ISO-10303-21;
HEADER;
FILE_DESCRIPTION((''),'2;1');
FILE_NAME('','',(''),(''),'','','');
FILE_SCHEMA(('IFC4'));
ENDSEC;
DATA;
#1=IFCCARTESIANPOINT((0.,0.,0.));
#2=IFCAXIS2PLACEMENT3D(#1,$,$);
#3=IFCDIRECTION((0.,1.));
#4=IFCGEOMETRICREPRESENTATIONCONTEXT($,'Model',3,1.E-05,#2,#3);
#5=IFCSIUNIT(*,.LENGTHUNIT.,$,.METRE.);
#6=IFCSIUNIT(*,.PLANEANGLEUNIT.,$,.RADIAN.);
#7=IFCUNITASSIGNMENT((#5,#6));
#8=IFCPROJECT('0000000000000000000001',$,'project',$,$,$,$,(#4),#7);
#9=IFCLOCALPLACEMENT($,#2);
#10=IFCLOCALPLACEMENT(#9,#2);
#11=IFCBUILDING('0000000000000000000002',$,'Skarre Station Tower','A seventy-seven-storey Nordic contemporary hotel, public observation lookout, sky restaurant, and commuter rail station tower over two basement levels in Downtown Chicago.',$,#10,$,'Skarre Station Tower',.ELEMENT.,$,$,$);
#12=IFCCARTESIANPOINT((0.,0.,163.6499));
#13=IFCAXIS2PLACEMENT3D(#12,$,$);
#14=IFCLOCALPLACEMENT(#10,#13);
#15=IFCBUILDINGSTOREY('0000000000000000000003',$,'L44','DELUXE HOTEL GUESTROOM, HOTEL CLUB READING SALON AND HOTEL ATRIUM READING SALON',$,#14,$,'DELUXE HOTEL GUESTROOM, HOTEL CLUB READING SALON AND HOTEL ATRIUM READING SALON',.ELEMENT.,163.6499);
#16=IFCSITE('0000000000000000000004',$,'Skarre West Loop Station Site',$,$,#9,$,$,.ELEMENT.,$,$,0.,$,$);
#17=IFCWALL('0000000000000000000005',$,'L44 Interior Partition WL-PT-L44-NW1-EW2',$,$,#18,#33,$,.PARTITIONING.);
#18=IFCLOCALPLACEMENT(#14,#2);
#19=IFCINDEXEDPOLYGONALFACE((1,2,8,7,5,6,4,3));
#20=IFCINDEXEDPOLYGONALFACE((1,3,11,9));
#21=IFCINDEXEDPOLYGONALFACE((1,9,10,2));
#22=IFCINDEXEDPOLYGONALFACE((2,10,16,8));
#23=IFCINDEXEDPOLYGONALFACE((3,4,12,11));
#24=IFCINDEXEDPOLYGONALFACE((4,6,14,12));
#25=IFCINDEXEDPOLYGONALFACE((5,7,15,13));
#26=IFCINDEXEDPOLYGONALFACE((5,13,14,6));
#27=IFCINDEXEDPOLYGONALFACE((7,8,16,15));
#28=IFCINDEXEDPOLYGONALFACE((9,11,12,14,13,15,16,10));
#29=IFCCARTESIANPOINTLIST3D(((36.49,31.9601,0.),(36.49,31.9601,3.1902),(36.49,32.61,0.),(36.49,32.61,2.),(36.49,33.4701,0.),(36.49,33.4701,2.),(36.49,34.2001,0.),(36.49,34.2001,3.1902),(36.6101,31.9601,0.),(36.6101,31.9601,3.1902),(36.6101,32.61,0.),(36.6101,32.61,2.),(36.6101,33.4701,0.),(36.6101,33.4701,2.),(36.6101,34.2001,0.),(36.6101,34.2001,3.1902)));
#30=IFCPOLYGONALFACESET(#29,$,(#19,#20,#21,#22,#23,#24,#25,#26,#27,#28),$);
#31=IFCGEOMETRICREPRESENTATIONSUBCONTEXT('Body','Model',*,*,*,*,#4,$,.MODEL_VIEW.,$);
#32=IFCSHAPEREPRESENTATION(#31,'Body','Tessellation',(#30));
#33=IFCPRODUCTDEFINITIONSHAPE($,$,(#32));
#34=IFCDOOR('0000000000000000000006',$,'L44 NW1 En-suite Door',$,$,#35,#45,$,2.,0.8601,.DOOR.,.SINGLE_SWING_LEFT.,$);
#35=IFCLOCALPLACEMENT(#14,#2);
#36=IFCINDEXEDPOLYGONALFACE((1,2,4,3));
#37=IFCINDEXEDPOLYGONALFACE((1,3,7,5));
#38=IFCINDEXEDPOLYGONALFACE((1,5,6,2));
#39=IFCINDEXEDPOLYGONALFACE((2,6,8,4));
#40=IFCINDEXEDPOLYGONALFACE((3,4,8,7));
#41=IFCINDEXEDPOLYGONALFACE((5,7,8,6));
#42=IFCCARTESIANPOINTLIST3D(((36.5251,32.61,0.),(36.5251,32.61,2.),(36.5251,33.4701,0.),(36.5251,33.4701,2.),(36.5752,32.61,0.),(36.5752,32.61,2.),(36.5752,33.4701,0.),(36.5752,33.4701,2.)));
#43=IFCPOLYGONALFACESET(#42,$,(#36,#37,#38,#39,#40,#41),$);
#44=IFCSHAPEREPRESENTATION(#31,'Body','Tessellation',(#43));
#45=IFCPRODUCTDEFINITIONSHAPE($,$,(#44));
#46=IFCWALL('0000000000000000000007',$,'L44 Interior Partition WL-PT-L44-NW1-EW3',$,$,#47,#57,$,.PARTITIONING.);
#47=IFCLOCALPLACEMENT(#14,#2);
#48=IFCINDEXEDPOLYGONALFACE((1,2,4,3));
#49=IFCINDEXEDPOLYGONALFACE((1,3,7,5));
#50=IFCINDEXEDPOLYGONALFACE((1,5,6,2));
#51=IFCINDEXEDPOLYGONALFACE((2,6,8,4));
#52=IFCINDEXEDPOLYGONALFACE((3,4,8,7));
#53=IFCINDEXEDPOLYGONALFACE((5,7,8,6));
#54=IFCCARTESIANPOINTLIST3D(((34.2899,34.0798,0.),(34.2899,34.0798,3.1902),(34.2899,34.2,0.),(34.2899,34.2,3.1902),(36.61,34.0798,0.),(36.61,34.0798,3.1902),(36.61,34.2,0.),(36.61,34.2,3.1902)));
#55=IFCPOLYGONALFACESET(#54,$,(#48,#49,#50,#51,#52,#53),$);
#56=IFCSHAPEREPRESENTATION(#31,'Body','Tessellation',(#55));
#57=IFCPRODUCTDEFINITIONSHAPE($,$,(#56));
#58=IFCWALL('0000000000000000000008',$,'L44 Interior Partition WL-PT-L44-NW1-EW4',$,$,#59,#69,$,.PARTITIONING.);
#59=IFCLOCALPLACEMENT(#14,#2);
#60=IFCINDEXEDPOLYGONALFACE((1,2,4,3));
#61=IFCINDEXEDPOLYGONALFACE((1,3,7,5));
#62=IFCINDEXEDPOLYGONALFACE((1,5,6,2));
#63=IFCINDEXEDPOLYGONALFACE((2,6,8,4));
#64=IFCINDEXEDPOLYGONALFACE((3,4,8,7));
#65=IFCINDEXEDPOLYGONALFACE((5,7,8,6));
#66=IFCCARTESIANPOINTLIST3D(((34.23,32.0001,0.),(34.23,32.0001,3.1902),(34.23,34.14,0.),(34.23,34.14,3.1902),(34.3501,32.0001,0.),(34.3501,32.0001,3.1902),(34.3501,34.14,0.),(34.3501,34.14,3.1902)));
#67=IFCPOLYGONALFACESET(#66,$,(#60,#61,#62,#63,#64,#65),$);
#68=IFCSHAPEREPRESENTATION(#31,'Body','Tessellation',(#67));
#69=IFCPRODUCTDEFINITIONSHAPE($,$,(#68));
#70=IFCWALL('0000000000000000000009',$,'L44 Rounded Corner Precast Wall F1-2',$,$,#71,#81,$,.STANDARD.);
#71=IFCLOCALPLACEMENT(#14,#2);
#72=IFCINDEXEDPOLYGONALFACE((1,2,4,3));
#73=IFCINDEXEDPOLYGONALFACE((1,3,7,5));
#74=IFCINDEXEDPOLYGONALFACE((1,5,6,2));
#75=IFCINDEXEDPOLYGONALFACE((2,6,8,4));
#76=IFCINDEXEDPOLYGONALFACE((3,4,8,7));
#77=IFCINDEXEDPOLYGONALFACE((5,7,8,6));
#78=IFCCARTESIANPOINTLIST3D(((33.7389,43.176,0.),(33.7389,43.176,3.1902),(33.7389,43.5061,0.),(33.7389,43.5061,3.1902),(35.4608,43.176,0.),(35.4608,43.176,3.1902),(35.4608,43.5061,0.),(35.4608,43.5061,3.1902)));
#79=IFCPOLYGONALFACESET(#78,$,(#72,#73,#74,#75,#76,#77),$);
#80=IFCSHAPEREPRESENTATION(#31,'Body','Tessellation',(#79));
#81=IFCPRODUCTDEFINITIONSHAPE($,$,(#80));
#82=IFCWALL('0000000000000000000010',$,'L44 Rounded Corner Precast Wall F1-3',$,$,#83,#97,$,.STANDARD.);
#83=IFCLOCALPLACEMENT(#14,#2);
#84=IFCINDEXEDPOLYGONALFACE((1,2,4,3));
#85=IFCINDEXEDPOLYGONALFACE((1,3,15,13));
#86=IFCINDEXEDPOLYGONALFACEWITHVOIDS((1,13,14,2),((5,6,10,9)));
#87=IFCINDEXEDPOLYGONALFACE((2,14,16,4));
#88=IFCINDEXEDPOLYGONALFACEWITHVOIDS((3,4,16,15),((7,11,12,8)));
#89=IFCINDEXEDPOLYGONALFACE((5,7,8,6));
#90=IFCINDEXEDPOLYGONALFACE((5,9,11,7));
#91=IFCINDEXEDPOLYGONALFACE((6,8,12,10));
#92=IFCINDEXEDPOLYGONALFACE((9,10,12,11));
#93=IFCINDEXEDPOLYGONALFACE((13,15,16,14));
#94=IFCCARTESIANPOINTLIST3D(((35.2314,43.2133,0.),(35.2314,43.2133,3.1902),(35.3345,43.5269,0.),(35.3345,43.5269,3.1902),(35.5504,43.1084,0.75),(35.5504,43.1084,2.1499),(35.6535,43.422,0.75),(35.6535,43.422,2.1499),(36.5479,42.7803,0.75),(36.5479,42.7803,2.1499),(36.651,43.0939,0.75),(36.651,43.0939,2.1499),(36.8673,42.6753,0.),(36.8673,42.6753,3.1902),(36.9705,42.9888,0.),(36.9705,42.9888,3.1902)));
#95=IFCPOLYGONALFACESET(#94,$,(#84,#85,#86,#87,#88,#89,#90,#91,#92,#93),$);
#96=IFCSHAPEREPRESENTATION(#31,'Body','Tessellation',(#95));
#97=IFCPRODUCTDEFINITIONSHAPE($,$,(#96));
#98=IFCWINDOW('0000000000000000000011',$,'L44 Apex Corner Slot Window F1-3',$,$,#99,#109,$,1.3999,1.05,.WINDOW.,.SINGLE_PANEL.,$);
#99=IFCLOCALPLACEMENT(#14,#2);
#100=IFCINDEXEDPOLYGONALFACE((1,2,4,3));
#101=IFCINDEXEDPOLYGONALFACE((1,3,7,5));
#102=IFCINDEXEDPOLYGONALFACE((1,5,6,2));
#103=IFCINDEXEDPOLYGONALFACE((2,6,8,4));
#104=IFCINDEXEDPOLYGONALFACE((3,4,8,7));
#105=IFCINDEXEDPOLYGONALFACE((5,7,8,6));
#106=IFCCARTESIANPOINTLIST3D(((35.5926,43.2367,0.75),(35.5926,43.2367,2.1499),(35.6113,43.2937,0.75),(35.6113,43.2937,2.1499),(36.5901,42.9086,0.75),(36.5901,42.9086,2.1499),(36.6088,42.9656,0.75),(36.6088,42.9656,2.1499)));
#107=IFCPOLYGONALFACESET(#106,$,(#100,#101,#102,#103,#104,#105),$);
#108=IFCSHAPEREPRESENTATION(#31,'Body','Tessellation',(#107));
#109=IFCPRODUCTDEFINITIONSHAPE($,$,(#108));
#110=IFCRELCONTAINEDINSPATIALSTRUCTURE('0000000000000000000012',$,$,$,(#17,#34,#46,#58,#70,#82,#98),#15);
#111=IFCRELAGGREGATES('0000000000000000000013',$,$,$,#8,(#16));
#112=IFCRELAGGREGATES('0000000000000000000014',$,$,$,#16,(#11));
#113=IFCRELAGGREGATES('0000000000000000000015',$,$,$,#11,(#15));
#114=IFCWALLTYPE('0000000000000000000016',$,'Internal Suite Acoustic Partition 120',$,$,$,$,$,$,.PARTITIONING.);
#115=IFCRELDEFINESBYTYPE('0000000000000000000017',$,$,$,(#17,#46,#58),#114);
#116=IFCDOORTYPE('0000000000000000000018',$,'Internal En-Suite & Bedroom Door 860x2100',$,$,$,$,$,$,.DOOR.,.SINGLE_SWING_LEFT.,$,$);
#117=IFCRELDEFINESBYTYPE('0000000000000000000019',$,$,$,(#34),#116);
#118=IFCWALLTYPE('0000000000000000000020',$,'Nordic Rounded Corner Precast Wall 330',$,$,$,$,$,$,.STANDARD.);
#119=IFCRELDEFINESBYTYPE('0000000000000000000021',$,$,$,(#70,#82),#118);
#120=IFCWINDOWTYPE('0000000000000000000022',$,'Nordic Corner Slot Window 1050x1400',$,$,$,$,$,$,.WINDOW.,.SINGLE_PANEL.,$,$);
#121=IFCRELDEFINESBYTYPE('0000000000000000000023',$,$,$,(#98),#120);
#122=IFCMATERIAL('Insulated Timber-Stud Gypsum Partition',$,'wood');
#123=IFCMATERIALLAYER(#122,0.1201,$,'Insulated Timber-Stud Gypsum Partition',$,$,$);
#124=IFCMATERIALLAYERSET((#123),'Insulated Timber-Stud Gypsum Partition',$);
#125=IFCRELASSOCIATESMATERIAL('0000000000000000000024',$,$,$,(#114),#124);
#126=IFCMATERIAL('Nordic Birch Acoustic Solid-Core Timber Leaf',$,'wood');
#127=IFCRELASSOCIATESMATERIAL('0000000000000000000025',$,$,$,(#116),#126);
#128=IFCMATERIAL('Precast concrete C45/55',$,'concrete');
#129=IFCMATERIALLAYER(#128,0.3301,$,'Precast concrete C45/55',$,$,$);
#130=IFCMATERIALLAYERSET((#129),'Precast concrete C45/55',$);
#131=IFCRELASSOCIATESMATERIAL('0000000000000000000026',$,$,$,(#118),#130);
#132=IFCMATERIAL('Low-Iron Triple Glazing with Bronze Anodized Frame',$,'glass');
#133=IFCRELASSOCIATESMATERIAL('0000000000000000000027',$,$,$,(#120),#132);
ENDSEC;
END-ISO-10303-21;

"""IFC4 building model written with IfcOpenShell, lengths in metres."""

from ifc_helpers import new_model, si_unit, direction, frame, frame_2d, origin, place, context, subcontext, project, spatial, rectangle, extrude, material, layer, layer_set, type_object, element, fill, save


model = new_model("IFC4")

# Units and contexts
model_context = context("Model", 3, precision=1e-05, world=origin(), true_north=direction((0.0, 1.0)))
body_context = subcontext(model_context, "Body", "Model", "MODEL_VIEW")
ifc_project = project(units=[si_unit("LENGTHUNIT", "METRE"), si_unit("PLANEANGLEUNIT", "RADIAN")], contexts=[model_context])

# Site, building, storey
site_placement = place(None, origin())
site = spatial("IfcSite", under=ifc_project, at=site_placement, Name="Skarre West Loop Station Site", CompositionType="ELEMENT", RefElevation=0.0)
building_placement = place(site_placement, origin())
building = spatial("IfcBuilding", under=site, at=building_placement, Name="Skarre Station Tower", Description="A seventy-seven-storey Nordic contemporary hotel, public observation lookout, sky restaurant, and commuter rail station tower over two basement levels in Downtown Chicago.", LongName="Skarre Station Tower", CompositionType="ELEMENT")
storey_placement = place(building_placement, frame((0.0, 0.0, 163.6499)))
storey = spatial("IfcBuildingStorey", under=building, at=storey_placement, Name="L44", Description="DELUXE HOTEL GUESTROOM, HOTEL CLUB READING SALON AND HOTEL ATRIUM READING SALON", LongName="DELUXE HOTEL GUESTROOM, HOTEL CLUB READING SALON AND HOTEL ATRIUM READING SALON", CompositionType="ELEMENT", Elevation=163.6499)

# Shared definitions
ifc_material_1 = material(Name="Insulated Timber-Stud Gypsum Partition", Category="wood")
ifc_layer_1 = layer(ifc_material_1, 0.1201, Name="Insulated Timber-Stud Gypsum Partition")
ifc_layer_set_1 = layer_set([ifc_layer_1], Name="Insulated Timber-Stud Gypsum Partition")
wall_type_1 = type_object("IfcWallType", Name="Internal Suite Acoustic Partition 120", PredefinedType="PARTITIONING", material=ifc_layer_set_1)

# Wall, opening, door
wall_1_placement = place(storey_placement, frame((36.55, 31.96, 0.0), z_axis=(0.0, 0.0, 1.0), x_axis=(0.0, 1.0, 0.0)))
wall_1 = element("IfcWall", 1, at=wall_1_placement, inside=storey, type_object=wall_type_1, Name="L44 Interior Partition WL-PT-L44-NW1-EW2", PredefinedType="PARTITIONING", context=body_context, shape_type="SweptSolid", body=[
    extrude(rectangle(XDim=2.24, YDim=0.1201, at=frame_2d((1.1201, 0.0))), origin(), (0.0, 0.0, 1.0), 3.1902),
])
opening_1_placement = place(wall_1_placement, frame((0.6499, 0.0, 0.0)))
opening_1 = element("IfcOpeningElement", 2, at=opening_1_placement, cuts=wall_1, PredefinedType="OPENING", context=body_context, shape_type="SweptSolid", body=[
    extrude(rectangle(XDim=0.8601, YDim=2.0, at=frame_2d((0.4302, 1.0))), frame((0.0, 0.0701, 0.0), z_axis=(0.0, -1.0, 0.0), x_axis=(1.0, 0.0, 0.0)), (0.0, 0.0, 1.0), 0.1401),
])
ifc_material_2 = material(Name="Nordic Birch Acoustic Solid-Core Timber Leaf", Category="wood")
door_type_1 = type_object("IfcDoorType", Name="Internal En-Suite & Bedroom Door 860x2100", OperationType="SINGLE_SWING_LEFT", PredefinedType="DOOR", material=ifc_material_2)
door_1_placement = place(opening_1_placement, origin())
door_1 = element("IfcDoor", 3, at=door_1_placement, inside=storey, type_object=door_type_1, Name="L44 NW1 En-suite Door", OperationType="SINGLE_SWING_LEFT", OverallHeight=2.0, OverallWidth=0.8601, PredefinedType="DOOR", context=body_context, shape_type="SweptSolid", body=[
    extrude(rectangle(XDim=0.8601, YDim=2.0, at=frame_2d((0.4302, 1.0))), frame((0.0, 0.0249, 0.0), z_axis=(0.0, -1.0, 0.0), x_axis=(1.0, 0.0, 0.0)), (0.0, 0.0, 1.0), 0.05),
])
fill(opening_1, door_1)

# Walls
wall_2_placement = place(storey_placement, frame((36.6101, 34.1399, 0.0), z_axis=(0.0, 0.0, 1.0), x_axis=(-1.0, 0.0, 0.0)))
element("IfcWall", 4, at=wall_2_placement, inside=storey, type_object=wall_type_1, Name="L44 Interior Partition WL-PT-L44-NW1-EW3", PredefinedType="PARTITIONING", context=body_context, shape_type="SweptSolid", body=[
    extrude(rectangle(XDim=2.3201, YDim=0.1201, at=frame_2d((1.1602, 0.0))), origin(), (0.0, 0.0, 1.0), 3.1902),
])
wall_3_placement = place(storey_placement, frame((34.29, 34.1399, 0.0), z_axis=(0.0, 0.0, 1.0), x_axis=(0.0, -1.0, 0.0)))
element("IfcWall", 5, at=wall_3_placement, inside=storey, type_object=wall_type_1, Name="L44 Interior Partition WL-PT-L44-NW1-EW4", PredefinedType="PARTITIONING", context=body_context, shape_type="SweptSolid", body=[
    extrude(rectangle(XDim=2.1399, YDim=0.1201, at=frame_2d((1.0698, 0.0))), origin(), (0.0, 0.0, 1.0), 3.1902),
])
ifc_material_3 = material(Name="Precast concrete C45/55", Category="concrete")
ifc_layer_2 = layer(ifc_material_3, 0.3301, Name="Precast concrete C45/55")
ifc_layer_set_2 = layer_set([ifc_layer_2], Name="Precast concrete C45/55")
wall_type_2 = type_object("IfcWallType", Name="Nordic Rounded Corner Precast Wall 330", PredefinedType="STANDARD", material=ifc_layer_set_2)
wall_4_placement = place(storey_placement, frame((33.739, 43.3411, 0.0), z_axis=(0.0, 0.0, 1.0), x_axis=(1.0, 0.0, 0.0)))
element("IfcWall", 6, at=wall_4_placement, inside=storey, type_object=wall_type_2, Name="L44 Rounded Corner Precast Wall F1-2", PredefinedType="STANDARD", context=body_context, shape_type="SweptSolid", body=[
    extrude(rectangle(XDim=1.7219, YDim=0.3301, at=frame_2d((0.8608, 0.0))), origin(), (0.0, 0.0, 1.0), 3.1902),
])

# Wall, opening, window
wall_5_placement = place(storey_placement, frame((35.283, 43.3701, 0.0), z_axis=(0.0, 0.0, 1.0), x_axis=(0.949937, -0.31244, 0.0)))
wall_5 = element("IfcWall", 7, at=wall_5_placement, inside=storey, type_object=wall_type_2, Name="L44 Rounded Corner Precast Wall F1-3", PredefinedType="STANDARD", context=body_context, shape_type="SweptSolid", body=[
    extrude(rectangle(XDim=1.7222, YDim=0.3301, at=frame_2d((0.8611, 0.0))), origin(), (0.0, 0.0, 1.0), 3.1902),
])
opening_2_placement = place(wall_5_placement, frame((0.3359, 0.0, 0.75)))
opening_2 = element("IfcOpeningElement", 8, at=opening_2_placement, cuts=wall_5, PredefinedType="OPENING", context=body_context, shape_type="SweptSolid", body=[
    extrude(rectangle(XDim=1.05, YDim=1.3999, at=frame_2d((0.5249, 0.7))), frame((0.0, 0.175, 0.0), z_axis=(0.0, -1.0, 0.0), x_axis=(1.0, 0.0, 0.0)), (0.0, 0.0, 1.0), 0.3501),
])
ifc_material_4 = material(Name="Low-Iron Triple Glazing with Bronze Anodized Frame", Category="glass")
window_type_1 = type_object("IfcWindowType", Name="Nordic Corner Slot Window 1050x1400", PartitioningType="SINGLE_PANEL", PredefinedType="WINDOW", material=ifc_material_4)
window_1_placement = place(opening_2_placement, origin())
window_1 = element("IfcWindow", 9, at=window_1_placement, inside=storey, type_object=window_type_1, Name="L44 Apex Corner Slot Window F1-3", OverallHeight=1.3999, OverallWidth=1.05, PartitioningType="SINGLE_PANEL", PredefinedType="WINDOW", context=body_context, shape_type="SweptSolid", body=[
    extrude(rectangle(XDim=1.05, YDim=1.3999, at=frame_2d((0.5249, 0.7))), frame((0.0, 0.03, 0.0), z_axis=(0.0, -1.0, 0.0), x_axis=(1.0, 0.0, 0.0)), (0.0, 0.0, 1.0), 0.0601),
])
fill(opening_2, window_1)

save(model, "model.ifc")
